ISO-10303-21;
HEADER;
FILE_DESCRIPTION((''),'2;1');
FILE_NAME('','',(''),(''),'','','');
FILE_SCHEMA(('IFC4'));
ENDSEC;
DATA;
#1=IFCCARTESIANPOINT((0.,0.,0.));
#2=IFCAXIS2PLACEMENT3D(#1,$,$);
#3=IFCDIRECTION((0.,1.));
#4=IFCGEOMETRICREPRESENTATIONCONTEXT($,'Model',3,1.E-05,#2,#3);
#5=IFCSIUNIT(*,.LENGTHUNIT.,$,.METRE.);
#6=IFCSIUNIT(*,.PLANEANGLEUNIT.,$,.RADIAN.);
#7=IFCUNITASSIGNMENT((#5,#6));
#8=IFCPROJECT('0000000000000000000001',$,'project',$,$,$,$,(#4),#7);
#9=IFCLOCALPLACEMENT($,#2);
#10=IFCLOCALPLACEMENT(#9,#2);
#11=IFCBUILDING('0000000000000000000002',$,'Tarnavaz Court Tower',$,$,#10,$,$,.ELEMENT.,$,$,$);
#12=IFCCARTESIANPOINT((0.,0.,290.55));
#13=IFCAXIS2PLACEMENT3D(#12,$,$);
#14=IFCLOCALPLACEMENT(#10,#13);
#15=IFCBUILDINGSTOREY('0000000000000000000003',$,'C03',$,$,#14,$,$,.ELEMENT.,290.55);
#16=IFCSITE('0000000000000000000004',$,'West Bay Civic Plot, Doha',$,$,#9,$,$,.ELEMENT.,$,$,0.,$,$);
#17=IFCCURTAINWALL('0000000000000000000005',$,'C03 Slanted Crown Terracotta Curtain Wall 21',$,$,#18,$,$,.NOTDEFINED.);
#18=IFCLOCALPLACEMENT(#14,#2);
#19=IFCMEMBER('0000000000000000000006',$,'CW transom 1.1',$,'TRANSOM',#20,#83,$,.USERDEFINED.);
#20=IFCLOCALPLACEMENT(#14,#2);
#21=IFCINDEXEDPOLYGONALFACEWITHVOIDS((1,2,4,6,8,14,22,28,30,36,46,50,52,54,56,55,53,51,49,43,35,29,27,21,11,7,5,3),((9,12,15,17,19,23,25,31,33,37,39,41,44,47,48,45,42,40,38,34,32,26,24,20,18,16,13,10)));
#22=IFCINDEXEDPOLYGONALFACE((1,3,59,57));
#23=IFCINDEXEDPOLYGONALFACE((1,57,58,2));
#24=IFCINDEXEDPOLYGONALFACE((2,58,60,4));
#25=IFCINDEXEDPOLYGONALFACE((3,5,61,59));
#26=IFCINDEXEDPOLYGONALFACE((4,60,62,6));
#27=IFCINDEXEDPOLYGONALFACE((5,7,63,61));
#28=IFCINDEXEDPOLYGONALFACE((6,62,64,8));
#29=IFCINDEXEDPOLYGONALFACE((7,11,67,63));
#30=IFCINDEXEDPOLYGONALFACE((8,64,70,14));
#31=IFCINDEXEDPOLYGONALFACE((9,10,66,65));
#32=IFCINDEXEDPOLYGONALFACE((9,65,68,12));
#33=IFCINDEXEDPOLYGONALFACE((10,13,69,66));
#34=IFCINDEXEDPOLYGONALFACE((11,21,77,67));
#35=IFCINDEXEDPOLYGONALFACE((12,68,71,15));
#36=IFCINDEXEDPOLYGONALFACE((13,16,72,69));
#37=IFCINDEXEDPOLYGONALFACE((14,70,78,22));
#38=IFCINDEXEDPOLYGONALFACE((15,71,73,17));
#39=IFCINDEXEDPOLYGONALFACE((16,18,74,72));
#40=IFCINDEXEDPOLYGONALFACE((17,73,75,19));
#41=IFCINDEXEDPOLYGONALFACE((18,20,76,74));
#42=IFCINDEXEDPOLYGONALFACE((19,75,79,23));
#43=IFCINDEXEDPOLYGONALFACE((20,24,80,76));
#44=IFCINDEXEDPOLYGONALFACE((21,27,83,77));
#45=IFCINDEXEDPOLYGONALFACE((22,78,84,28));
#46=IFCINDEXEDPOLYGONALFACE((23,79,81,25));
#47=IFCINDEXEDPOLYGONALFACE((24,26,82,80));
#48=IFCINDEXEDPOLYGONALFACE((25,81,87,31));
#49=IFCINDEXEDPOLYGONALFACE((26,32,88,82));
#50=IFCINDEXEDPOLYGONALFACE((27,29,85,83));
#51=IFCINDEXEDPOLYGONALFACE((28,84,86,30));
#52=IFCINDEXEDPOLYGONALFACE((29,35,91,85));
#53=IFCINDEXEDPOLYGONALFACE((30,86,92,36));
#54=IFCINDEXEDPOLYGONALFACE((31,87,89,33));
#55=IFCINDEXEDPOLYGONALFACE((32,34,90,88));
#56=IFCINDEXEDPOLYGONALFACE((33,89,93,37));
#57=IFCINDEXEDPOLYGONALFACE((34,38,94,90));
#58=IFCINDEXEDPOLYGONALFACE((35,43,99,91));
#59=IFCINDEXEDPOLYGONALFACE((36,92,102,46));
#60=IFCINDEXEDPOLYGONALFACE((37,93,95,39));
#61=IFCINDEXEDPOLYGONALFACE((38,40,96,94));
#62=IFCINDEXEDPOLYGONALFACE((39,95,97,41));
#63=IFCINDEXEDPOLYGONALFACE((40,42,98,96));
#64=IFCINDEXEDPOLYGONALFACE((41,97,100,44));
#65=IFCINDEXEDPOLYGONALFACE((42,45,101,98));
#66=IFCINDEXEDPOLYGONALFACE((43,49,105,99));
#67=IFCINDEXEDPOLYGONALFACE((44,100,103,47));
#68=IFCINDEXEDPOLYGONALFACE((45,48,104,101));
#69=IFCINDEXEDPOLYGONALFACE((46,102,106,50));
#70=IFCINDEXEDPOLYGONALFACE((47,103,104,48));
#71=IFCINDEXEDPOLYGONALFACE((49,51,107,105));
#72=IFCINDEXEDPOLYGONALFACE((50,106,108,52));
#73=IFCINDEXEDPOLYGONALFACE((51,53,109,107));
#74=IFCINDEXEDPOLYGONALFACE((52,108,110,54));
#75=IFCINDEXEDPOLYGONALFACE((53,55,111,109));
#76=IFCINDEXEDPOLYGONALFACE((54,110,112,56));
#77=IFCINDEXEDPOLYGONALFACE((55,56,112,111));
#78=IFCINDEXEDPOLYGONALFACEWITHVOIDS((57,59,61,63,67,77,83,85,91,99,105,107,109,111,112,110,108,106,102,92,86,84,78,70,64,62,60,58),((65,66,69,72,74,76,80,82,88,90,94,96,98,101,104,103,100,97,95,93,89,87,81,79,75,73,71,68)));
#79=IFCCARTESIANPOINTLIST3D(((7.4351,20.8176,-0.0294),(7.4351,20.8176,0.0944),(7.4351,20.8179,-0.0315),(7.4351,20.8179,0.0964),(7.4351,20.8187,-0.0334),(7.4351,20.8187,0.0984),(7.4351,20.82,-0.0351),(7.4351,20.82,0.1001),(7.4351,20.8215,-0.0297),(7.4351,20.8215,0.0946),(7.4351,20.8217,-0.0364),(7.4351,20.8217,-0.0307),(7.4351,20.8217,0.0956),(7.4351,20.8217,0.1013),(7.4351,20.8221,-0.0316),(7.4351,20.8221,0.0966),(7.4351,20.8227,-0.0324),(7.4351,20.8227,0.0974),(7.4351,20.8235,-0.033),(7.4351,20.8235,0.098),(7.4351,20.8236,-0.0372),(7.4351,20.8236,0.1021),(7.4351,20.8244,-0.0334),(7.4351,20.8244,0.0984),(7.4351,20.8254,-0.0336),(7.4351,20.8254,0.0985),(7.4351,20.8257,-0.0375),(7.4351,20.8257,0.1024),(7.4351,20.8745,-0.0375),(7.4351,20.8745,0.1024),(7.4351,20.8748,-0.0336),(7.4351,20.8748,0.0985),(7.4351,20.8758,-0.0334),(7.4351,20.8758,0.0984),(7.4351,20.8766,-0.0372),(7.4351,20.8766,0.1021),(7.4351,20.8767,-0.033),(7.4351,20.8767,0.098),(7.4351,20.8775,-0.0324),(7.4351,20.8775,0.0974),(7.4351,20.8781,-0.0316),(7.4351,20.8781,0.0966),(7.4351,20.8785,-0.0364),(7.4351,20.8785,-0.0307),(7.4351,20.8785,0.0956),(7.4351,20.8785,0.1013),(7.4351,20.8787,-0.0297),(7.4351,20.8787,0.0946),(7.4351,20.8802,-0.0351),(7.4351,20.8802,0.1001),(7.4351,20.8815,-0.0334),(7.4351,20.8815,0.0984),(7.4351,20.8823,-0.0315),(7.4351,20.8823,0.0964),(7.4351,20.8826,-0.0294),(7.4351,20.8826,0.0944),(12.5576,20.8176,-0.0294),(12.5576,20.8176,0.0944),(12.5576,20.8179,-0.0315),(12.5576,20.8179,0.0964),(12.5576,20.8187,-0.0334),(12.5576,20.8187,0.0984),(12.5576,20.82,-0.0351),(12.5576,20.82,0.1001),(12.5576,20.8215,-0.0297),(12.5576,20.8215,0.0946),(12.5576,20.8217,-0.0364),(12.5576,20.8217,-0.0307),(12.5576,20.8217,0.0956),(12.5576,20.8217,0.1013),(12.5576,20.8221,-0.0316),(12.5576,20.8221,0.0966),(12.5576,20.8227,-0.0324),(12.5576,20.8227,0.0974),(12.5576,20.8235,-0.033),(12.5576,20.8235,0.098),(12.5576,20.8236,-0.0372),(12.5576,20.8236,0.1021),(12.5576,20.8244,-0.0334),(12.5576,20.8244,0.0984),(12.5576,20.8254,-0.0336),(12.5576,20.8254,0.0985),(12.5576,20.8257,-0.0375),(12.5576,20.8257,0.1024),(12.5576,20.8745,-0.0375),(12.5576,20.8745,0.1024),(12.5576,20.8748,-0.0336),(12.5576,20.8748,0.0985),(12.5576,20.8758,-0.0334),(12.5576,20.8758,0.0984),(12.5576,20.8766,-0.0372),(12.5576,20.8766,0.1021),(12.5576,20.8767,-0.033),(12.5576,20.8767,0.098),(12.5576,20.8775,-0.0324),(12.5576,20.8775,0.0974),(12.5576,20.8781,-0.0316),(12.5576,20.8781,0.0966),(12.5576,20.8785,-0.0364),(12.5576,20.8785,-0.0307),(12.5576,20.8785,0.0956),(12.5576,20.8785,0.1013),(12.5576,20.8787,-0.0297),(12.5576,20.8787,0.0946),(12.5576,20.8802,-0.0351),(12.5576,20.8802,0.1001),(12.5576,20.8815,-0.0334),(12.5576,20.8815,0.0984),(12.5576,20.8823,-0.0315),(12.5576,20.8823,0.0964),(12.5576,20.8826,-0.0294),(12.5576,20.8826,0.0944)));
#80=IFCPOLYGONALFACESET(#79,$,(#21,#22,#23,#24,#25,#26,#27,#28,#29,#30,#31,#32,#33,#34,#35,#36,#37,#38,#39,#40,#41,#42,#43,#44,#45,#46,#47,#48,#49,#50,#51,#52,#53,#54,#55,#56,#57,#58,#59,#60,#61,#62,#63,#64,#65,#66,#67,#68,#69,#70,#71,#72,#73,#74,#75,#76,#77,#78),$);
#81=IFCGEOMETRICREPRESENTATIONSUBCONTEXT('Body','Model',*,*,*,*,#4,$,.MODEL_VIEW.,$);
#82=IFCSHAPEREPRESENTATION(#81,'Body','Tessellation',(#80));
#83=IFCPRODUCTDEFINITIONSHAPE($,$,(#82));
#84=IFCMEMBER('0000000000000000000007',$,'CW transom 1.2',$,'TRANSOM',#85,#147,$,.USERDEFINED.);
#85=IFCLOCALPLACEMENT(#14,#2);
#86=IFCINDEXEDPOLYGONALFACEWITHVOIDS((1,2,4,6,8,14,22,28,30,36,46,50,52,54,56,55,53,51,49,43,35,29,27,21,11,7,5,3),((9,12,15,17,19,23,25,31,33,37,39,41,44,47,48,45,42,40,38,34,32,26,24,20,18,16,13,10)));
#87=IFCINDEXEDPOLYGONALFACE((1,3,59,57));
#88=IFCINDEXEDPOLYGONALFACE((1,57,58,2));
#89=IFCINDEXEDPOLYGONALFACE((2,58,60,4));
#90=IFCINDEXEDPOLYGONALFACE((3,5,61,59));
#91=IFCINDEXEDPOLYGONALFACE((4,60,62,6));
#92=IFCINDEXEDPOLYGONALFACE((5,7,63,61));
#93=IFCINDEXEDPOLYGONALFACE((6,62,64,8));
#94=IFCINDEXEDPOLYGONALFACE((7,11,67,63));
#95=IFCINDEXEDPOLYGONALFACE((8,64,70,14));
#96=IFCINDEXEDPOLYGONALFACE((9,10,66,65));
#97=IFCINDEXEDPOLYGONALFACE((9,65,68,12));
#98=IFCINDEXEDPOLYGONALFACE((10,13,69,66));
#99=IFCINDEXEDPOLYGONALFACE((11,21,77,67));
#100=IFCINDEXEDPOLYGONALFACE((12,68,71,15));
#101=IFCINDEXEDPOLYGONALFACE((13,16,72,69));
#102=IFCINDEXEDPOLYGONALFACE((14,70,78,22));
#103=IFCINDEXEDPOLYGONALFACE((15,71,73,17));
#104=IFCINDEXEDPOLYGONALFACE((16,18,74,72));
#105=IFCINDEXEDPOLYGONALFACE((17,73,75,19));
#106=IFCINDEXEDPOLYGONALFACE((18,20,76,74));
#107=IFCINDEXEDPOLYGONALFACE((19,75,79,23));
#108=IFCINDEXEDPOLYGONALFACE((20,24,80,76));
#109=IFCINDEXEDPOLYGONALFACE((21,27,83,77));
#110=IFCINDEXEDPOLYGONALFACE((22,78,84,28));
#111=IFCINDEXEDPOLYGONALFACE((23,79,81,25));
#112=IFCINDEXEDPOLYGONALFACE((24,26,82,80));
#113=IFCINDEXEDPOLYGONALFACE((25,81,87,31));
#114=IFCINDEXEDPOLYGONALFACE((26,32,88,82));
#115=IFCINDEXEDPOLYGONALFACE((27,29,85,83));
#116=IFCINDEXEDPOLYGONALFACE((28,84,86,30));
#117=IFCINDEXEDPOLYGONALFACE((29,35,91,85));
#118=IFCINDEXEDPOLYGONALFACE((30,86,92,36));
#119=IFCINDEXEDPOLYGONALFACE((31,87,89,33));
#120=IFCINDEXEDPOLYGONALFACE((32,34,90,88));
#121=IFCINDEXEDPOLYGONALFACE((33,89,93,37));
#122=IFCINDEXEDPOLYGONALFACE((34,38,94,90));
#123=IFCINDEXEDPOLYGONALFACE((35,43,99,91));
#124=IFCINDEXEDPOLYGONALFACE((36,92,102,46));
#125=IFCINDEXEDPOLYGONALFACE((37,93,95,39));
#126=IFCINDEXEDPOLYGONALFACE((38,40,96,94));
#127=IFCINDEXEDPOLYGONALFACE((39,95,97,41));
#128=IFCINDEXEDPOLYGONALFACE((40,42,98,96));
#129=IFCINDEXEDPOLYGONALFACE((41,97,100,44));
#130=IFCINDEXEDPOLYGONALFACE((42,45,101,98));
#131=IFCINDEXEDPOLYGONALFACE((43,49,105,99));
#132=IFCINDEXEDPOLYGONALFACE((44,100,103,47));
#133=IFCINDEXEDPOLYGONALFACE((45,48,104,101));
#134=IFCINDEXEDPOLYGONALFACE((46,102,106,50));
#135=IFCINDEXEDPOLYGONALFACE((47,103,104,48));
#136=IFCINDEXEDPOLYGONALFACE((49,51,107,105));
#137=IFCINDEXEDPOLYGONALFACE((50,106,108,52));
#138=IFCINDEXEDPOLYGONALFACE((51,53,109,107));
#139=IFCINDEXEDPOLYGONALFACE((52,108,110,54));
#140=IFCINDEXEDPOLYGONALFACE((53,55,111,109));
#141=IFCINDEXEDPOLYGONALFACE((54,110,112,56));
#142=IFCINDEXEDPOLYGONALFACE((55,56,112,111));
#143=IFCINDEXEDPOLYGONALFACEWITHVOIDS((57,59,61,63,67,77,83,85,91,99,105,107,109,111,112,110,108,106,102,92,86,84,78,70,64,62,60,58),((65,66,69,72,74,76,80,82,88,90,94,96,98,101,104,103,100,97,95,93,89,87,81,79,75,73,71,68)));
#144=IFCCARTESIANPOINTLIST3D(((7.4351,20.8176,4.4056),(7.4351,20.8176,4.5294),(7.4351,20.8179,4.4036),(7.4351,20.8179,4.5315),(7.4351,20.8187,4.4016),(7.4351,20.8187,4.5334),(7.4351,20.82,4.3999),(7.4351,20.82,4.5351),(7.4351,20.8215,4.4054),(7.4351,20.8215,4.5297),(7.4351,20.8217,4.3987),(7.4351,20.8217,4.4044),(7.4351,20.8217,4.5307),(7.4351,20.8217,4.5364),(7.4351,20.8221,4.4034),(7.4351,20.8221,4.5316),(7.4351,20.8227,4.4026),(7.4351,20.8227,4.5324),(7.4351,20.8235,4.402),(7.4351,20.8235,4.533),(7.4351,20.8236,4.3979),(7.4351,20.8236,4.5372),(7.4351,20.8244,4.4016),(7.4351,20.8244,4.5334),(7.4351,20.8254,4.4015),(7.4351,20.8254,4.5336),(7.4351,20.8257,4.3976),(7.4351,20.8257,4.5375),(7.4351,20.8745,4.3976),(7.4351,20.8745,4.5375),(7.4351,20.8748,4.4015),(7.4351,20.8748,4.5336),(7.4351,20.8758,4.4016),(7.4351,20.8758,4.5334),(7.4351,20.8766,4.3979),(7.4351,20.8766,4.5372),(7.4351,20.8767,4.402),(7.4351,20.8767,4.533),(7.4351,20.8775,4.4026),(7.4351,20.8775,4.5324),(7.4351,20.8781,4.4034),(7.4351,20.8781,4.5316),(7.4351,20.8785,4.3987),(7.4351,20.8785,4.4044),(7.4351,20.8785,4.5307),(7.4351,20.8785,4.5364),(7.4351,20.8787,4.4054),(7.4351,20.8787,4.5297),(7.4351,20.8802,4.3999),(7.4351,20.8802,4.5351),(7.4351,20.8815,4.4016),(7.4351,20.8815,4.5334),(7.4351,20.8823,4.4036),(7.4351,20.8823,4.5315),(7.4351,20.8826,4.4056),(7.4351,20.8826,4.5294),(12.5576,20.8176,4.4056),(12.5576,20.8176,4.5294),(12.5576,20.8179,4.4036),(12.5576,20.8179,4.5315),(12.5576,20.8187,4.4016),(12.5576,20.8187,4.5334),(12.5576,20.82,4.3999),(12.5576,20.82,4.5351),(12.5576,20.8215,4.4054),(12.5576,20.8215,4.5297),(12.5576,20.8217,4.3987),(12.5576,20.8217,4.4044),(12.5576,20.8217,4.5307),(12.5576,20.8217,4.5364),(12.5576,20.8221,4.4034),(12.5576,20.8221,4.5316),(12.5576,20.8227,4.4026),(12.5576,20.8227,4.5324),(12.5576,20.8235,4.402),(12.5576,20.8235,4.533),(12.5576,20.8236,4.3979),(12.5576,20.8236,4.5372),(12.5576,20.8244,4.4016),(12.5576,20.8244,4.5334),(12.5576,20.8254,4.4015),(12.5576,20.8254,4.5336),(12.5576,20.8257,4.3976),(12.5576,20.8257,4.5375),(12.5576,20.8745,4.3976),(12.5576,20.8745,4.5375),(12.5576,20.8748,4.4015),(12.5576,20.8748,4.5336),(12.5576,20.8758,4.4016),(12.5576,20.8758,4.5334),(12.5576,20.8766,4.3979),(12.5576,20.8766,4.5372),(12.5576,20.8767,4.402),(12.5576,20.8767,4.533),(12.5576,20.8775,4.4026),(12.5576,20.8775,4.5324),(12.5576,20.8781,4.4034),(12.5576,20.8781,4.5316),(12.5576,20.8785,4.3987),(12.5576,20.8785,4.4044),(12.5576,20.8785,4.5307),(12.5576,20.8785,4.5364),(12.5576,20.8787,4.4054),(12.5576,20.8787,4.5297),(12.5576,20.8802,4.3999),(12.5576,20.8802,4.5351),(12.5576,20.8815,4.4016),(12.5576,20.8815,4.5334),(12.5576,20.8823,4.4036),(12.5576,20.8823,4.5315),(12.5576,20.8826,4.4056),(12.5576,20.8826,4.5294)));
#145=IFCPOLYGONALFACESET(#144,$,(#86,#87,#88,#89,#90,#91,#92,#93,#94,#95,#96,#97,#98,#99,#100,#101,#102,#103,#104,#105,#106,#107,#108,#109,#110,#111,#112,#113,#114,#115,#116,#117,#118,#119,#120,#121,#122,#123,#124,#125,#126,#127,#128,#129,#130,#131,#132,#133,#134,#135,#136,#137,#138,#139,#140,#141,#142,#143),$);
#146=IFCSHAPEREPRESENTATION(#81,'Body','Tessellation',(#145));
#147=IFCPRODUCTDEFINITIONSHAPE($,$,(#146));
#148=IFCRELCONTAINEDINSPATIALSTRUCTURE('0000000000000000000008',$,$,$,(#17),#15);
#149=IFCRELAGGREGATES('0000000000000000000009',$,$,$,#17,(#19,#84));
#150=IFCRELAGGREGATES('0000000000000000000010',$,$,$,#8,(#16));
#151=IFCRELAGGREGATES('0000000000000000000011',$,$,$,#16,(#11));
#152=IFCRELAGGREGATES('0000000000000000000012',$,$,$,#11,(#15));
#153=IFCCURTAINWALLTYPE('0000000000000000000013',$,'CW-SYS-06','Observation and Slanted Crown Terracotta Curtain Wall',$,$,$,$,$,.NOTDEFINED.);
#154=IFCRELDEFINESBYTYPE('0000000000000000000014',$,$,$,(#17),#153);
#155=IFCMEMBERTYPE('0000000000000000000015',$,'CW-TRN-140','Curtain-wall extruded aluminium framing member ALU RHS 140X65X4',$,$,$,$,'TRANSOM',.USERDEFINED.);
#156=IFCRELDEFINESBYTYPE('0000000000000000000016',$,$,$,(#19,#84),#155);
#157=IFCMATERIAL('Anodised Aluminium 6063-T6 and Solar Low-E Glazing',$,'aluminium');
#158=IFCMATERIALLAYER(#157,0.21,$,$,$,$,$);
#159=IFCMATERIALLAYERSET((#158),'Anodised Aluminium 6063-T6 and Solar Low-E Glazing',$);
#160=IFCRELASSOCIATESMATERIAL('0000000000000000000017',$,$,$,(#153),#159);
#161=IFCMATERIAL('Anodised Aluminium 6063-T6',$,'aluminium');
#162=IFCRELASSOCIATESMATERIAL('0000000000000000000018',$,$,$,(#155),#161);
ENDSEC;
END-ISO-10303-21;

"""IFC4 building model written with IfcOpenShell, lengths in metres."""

from ifc_helpers import new_model, si_unit, direction, frame, origin, origin_2d, place, context, subcontext, project, spatial, hollow_rectangle, extrude, material, layer, layer_set, material_profile, profile_set, type_object, element, aggregate, save


model = new_model("IFC4")

# Units and contexts
model_context = context("Model", 3, precision=1e-05, world=origin(), true_north=direction((0.0, 1.0)))
body_context = subcontext(model_context, "Body", "Model", "MODEL_VIEW")
ifc_project = project(units=[si_unit("LENGTHUNIT", "METRE"), si_unit("PLANEANGLEUNIT", "RADIAN")], contexts=[model_context])

# Site, building, storey
site_placement = place(None, origin())
site = spatial("IfcSite", under=ifc_project, at=site_placement, Name="West Bay Civic Plot, Doha", CompositionType="ELEMENT", RefElevation=0.0)
building_placement = place(site_placement, origin())
building = spatial("IfcBuilding", under=site, at=building_placement, Name="Tarnavaz Court Tower", CompositionType="ELEMENT")
storey_placement = place(building_placement, frame((0.0, 0.0, 290.55)))
storey = spatial("IfcBuildingStorey", under=building, at=storey_placement, Name="C03", CompositionType="ELEMENT", Elevation=290.55)

# Shared definitions
ifc_material_1 = material(Name="Anodised Aluminium 6063-T6 and Solar Low-E Glazing", Category="aluminium")
ifc_layer_1 = layer(ifc_material_1, 0.21)
ifc_layer_set_1 = layer_set([ifc_layer_1], Name="Anodised Aluminium 6063-T6 and Solar Low-E Glazing")
curtain_wall_type = type_object("IfcCurtainWallType", Name="CW-SYS-06", Description="Observation and Slanted Crown Terracotta Curtain Wall", PredefinedType="NOTDEFINED", material=ifc_layer_set_1)
ifc_material_2 = material(Name="Anodised Aluminium 6063-T6", Category="aluminium")

# Curtain wall
curtain_wall_1_placement = place(storey_placement, origin())
curtain_wall_1 = element("IfcCurtainWall", 1, at=curtain_wall_1_placement, inside=storey, type_object=curtain_wall_type, Name="C03 Slanted Crown Terracotta Curtain Wall 21", PredefinedType="NOTDEFINED")

# Members
ifc_material_profile_1 = material_profile(ifc_material_2, hollow_rectangle(XDim=0.0649, YDim=0.1399, WallThickness=0.0039, InnerFilletRadius=0.0039, OuterFilletRadius=0.0081, at=origin_2d()), Name="ALU RHS 140X65X4")
ifc_profile_set_1 = profile_set([ifc_material_profile_1], Name="Anodised Aluminium 6063-T6")
member_type_1 = type_object("IfcMemberType", Name="CW-TRN-140", Description="Curtain-wall extruded aluminium framing member ALU RHS 140X65X4", ElementType="TRANSOM", PredefinedType="USERDEFINED", material=ifc_profile_set_1)
member_1_placement = place(storey_placement, frame((7.4351, 20.8501, 0.0325), z_axis=(1.0, 0.0, 0.0), x_axis=(0.0, 1.0, 0.0)))
member_1 = element("IfcMember", 2, at=member_1_placement, type_object=member_type_1, Name="CW transom 1.1", ObjectType="TRANSOM", PredefinedType="USERDEFINED", context=body_context, shape_type="SweptSolid", body=[
    extrude(hollow_rectangle(XDim=0.0649, YDim=0.1399, WallThickness=0.0039, InnerFilletRadius=0.0039, OuterFilletRadius=0.0081, at=origin_2d()), origin(), (0.0, 0.0, 1.0), 5.1226),
])
member_2_placement = place(storey_placement, frame((7.4351, 20.8501, 4.4675), z_axis=(1.0, 0.0, 0.0), x_axis=(0.0, 1.0, 0.0)))
member_2 = element("IfcMember", 3, at=member_2_placement, type_object=member_type_1, Name="CW transom 1.2", ObjectType="TRANSOM", PredefinedType="USERDEFINED", context=body_context, shape_type="SweptSolid", body=[
    extrude(hollow_rectangle(XDim=0.0649, YDim=0.1399, WallThickness=0.0039, InnerFilletRadius=0.0039, OuterFilletRadius=0.0081, at=origin_2d()), origin(), (0.0, 0.0, 1.0), 5.1226),
])

aggregate(curtain_wall_1, [member_1, member_2])

save(model, "model.ifc")
